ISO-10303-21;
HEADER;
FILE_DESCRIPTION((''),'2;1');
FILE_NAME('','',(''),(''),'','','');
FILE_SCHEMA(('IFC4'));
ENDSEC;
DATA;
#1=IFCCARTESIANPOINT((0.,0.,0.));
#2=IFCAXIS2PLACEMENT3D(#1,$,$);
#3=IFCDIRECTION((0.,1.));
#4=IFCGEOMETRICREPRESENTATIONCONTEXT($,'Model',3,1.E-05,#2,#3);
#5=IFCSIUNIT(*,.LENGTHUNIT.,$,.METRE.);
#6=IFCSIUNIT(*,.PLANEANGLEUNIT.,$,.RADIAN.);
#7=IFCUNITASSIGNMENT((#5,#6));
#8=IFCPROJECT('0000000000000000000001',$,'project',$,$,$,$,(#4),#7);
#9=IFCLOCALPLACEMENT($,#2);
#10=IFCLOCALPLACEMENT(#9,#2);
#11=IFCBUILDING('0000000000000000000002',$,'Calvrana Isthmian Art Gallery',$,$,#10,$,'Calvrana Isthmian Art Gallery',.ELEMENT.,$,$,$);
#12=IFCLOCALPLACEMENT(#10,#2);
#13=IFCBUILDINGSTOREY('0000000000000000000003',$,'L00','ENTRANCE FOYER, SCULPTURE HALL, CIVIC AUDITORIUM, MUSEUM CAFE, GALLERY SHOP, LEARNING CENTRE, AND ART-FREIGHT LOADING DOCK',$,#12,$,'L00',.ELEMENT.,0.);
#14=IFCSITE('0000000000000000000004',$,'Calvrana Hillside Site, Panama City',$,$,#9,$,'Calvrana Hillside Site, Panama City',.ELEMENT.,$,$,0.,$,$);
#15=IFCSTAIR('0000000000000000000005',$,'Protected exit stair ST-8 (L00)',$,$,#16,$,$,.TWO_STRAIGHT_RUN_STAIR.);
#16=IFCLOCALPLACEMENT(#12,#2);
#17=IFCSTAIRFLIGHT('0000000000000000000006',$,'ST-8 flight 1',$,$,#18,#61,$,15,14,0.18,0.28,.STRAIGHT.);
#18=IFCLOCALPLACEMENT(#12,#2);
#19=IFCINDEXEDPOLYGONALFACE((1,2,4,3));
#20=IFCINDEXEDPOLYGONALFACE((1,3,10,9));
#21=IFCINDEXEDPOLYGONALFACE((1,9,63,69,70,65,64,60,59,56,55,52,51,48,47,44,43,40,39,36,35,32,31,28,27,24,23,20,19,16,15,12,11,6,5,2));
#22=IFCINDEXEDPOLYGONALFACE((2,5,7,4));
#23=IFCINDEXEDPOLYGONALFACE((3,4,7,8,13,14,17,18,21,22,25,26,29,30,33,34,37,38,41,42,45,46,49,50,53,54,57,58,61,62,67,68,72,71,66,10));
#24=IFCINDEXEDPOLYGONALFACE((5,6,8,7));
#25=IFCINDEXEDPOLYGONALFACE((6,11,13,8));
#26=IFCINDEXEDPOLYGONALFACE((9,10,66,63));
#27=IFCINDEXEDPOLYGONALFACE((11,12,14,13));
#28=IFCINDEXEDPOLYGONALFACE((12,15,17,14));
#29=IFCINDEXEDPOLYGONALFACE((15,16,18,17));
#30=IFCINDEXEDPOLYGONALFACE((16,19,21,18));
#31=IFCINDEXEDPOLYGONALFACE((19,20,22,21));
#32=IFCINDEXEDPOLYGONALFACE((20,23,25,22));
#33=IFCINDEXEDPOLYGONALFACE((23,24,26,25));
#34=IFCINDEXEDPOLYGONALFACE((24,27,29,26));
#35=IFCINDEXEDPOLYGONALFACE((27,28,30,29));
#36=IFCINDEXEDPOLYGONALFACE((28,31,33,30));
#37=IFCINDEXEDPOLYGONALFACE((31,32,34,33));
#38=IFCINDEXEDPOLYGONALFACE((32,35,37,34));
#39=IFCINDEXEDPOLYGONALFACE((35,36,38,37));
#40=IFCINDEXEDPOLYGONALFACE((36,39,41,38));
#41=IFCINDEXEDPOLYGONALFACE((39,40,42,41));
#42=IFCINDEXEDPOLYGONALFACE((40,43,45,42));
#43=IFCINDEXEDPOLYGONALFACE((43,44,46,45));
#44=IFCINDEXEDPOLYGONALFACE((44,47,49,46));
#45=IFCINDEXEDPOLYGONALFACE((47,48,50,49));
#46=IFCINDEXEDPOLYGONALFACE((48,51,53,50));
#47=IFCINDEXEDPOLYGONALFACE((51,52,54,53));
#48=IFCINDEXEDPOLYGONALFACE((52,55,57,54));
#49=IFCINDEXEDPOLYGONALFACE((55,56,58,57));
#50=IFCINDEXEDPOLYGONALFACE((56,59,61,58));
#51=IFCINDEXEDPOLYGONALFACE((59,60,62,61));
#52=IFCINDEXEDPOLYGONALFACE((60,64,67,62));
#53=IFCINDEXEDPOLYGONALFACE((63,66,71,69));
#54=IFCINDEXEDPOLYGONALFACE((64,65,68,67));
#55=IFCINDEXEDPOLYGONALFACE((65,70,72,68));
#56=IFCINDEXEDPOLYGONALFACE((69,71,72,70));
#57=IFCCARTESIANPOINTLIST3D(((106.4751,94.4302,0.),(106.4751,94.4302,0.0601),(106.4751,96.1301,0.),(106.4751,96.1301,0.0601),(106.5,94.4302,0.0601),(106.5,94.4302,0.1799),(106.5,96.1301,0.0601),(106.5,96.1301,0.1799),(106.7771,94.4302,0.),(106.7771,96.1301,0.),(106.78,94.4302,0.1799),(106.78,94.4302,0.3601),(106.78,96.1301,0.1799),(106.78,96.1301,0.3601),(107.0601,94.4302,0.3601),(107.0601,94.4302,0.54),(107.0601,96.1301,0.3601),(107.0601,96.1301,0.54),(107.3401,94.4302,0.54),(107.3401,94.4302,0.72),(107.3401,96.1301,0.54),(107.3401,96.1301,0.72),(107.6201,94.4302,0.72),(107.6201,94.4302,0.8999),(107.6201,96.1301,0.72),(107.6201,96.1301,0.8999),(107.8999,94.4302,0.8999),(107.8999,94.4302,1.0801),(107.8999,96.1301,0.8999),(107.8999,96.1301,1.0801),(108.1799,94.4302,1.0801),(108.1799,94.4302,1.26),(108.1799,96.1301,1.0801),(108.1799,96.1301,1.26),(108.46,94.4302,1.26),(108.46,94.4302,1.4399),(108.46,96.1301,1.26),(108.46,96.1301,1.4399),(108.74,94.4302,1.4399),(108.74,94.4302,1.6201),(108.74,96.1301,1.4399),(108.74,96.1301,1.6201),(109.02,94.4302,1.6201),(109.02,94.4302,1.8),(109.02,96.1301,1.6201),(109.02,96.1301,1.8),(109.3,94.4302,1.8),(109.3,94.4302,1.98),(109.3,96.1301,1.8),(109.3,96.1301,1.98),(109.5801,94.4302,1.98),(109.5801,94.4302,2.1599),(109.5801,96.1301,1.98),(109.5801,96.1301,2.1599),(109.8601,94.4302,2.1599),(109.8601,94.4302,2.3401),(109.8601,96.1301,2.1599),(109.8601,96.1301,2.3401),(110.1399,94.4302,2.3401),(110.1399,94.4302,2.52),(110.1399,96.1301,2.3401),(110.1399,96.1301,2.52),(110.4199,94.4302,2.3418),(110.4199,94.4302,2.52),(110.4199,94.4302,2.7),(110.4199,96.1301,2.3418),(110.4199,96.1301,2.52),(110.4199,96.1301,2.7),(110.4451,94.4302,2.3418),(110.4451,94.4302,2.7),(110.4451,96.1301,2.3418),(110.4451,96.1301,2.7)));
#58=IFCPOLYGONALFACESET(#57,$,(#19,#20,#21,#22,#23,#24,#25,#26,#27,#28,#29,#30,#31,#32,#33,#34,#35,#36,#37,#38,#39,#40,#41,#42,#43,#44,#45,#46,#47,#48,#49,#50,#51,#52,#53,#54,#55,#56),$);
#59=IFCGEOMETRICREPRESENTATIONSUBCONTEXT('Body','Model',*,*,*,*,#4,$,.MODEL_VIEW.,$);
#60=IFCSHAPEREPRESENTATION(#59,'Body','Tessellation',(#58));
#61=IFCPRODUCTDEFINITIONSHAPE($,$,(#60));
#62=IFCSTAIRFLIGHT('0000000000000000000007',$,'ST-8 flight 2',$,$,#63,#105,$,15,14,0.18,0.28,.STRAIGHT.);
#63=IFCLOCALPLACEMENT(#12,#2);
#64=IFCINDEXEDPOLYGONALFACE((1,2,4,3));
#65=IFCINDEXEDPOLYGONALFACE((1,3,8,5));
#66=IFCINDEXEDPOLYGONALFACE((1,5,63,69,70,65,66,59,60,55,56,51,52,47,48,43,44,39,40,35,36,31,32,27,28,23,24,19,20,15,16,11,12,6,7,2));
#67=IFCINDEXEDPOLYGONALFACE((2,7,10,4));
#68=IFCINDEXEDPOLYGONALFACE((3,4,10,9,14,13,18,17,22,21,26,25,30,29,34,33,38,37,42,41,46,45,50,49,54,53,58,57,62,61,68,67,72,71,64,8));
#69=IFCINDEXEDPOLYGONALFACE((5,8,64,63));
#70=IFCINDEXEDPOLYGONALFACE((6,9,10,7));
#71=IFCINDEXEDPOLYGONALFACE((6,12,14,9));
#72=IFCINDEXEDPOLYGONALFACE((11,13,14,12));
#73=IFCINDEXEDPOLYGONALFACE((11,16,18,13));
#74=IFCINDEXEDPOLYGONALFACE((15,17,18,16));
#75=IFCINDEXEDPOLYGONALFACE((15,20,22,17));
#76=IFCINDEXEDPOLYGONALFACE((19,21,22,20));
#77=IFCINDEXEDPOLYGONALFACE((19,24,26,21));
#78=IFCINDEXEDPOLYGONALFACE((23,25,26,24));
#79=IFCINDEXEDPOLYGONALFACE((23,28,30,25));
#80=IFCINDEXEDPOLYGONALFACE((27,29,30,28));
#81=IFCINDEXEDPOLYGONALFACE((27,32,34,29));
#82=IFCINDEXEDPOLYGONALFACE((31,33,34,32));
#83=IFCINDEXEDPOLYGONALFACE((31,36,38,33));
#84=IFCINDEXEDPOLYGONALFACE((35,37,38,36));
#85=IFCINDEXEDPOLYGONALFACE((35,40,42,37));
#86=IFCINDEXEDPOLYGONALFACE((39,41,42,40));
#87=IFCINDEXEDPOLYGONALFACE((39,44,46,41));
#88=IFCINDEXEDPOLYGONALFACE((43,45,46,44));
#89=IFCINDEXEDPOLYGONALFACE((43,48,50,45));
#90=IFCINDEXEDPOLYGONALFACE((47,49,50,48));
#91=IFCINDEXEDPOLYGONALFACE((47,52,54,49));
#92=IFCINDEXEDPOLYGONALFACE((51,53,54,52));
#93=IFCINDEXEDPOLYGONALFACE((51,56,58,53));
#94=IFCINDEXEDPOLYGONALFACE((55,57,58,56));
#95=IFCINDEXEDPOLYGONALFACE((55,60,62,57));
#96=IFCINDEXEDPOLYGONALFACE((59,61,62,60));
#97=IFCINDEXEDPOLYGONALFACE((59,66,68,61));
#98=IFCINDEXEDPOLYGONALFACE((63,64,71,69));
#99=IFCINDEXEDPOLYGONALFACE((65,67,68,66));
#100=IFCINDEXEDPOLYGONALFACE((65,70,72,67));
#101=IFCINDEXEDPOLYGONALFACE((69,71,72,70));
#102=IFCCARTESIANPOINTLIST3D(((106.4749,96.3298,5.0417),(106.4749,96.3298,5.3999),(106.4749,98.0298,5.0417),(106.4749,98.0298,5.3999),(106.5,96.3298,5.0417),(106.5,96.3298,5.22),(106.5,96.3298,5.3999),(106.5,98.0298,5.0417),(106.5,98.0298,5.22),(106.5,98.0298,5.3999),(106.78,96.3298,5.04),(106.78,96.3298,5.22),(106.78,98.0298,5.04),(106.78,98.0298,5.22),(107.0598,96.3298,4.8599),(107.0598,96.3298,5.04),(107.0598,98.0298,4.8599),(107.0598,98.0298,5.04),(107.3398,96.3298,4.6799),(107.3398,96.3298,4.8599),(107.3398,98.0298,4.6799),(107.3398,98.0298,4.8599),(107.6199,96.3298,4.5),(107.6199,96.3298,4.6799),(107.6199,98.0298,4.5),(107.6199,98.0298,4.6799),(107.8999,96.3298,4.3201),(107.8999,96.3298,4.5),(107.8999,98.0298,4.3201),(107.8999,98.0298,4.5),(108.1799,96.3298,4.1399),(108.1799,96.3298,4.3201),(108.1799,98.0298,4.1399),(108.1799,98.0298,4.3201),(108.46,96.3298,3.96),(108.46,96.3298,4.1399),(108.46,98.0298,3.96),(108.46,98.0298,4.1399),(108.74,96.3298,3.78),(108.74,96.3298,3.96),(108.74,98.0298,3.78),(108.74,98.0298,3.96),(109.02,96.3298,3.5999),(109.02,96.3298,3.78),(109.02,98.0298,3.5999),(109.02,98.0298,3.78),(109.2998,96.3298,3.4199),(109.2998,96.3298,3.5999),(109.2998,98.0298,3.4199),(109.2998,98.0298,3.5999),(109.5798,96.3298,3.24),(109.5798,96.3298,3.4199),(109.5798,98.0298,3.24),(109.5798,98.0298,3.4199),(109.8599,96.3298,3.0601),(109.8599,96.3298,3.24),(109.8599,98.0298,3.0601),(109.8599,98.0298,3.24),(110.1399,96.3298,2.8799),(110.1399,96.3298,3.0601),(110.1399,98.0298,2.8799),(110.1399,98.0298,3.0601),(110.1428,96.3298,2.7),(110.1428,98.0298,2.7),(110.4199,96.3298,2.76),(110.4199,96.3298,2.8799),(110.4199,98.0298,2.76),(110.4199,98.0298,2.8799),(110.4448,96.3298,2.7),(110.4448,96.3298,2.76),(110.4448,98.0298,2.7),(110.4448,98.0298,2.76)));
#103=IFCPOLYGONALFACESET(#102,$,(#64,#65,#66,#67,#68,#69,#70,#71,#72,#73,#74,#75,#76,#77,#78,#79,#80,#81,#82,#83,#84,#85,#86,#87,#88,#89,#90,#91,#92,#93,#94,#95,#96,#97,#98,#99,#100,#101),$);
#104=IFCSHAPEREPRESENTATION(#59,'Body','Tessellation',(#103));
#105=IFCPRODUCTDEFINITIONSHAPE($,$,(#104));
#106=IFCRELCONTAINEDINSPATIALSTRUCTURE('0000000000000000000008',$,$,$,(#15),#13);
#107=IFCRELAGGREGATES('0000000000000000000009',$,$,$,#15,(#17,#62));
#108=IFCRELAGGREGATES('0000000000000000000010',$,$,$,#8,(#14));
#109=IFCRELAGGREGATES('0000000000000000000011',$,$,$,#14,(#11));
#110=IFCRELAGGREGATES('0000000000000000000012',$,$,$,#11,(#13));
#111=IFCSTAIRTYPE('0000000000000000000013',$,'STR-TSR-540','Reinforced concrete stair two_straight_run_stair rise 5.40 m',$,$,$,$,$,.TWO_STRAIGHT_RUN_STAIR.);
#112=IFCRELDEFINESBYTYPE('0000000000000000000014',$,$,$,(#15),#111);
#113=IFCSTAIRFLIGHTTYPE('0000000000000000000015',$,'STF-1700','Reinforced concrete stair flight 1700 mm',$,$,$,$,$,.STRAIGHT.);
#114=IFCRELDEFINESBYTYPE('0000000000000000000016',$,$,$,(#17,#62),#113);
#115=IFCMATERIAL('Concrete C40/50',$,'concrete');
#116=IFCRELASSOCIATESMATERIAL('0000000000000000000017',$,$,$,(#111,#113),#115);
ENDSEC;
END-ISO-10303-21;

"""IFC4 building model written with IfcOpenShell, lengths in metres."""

from ifc_helpers import new_model, si_unit, direction, frame, origin, place, context, subcontext, project, spatial, polyline, outline, extrude, material, type_object, element, aggregate, save


model = new_model("IFC4")

# Units and contexts
model_context = context("Model", 3, precision=1e-05, world=origin(), true_north=direction((0.0, 1.0)))
body_context = subcontext(model_context, "Body", "Model", "MODEL_VIEW")
ifc_project = project(units=[si_unit("LENGTHUNIT", "METRE"), si_unit("PLANEANGLEUNIT", "RADIAN")], contexts=[model_context])

# Site, building, storey
site_placement = place(None, origin())
site = spatial("IfcSite", under=ifc_project, at=site_placement, Name="Calvrana Hillside Site, Panama City", LongName="Calvrana Hillside Site, Panama City", CompositionType="ELEMENT", RefElevation=0.0)
building_placement = place(site_placement, origin())
building = spatial("IfcBuilding", under=site, at=building_placement, Name="Calvrana Isthmian Art Gallery", LongName="Calvrana Isthmian Art Gallery", CompositionType="ELEMENT")
storey_placement = place(building_placement, origin())
storey = spatial("IfcBuildingStorey", under=building, at=storey_placement, Name="L00", Description="ENTRANCE FOYER, SCULPTURE HALL, CIVIC AUDITORIUM, MUSEUM CAFE, GALLERY SHOP, LEARNING CENTRE, AND ART-FREIGHT LOADING DOCK", LongName="L00", CompositionType="ELEMENT", Elevation=0.0)

# Shared definitions
ifc_material_1 = material(Name="Concrete C40/50", Category="concrete")

# Stair, stair flights
stair_type = type_object("IfcStairType", Name="STR-TSR-540", Description="Reinforced concrete stair two_straight_run_stair rise 5.40 m", PredefinedType="TWO_STRAIGHT_RUN_STAIR", material=ifc_material_1)
stair_placement = place(storey_placement, origin())
stair = element("IfcStair", 1, at=stair_placement, inside=storey, type_object=stair_type, Name="Protected exit stair ST-8 (L00)", PredefinedType="TWO_STRAIGHT_RUN_STAIR")
stair_flight_type = type_object("IfcStairFlightType", Name="STF-1700", Description="Reinforced concrete stair flight 1700 mm", PredefinedType="STRAIGHT", material=ifc_material_1)
stair_flight_1_placement = place(storey_placement, frame((106.5, 95.28, 0.0), z_axis=(0.0, 0.0, 1.0), x_axis=(1.0, 0.0, 0.0)))
stair_flight_1 = element("IfcStairFlight", 2, at=stair_flight_1_placement, type_object=stair_flight_type, Name="ST-8 flight 1", NumberOfRisers=15, NumberOfTreads=14, PredefinedType="STRAIGHT", RiserHeight=0.18, TreadLength=0.28, context=body_context, shape_type="SweptSolid", body=[
    extrude(outline(polyline([(-0.0249, 0.0), (-0.0249, 0.0601), (0.0, 0.0601), (0.0, 0.1799), (0.28, 0.1799), (0.28, 0.3601), (0.5601, 0.3601), (0.5601, 0.54), (0.8401, 0.54), (0.8401, 0.72), (1.1201, 0.72), (1.1201, 0.8999), (1.3999, 0.8999), (1.3999, 1.0801), (1.6799, 1.0801), (1.6799, 1.26), (1.96, 1.26), (1.96, 1.4399), (2.24, 1.4399), (2.24, 1.6201), (2.52, 1.6201), (2.52, 1.8), (2.8, 1.8), (2.8, 1.98), (3.0801, 1.98), (3.0801, 2.1599), (3.3601, 2.1599), (3.3601, 2.3401), (3.6399, 2.3401), (3.6399, 2.52), (3.9199, 2.52), (3.9199, 2.7), (3.9451, 2.7), (3.9451, 2.3418), (3.9199, 2.3418), (0.2771, 0.0), (-0.0249, 0.0)])), frame((0.0, 0.8501, 0.0), z_axis=(0.0, -1.0, 0.0), x_axis=(1.0, 0.0, 0.0)), (0.0, 0.0, 1.0), 1.7),
])
stair_flight_2_placement = place(storey_placement, frame((110.4199, 97.1799, 2.7), z_axis=(0.0, 0.0, 1.0), x_axis=(-1.0, 0.0, 0.0)))
stair_flight_2 = element("IfcStairFlight", 3, at=stair_flight_2_placement, type_object=stair_flight_type, Name="ST-8 flight 2", NumberOfRisers=15, NumberOfTreads=14, PredefinedType="STRAIGHT", RiserHeight=0.18, TreadLength=0.28, context=body_context, shape_type="SweptSolid", body=[
    extrude(outline(polyline([(-0.0249, 0.0), (-0.0249, 0.0601), (0.0, 0.0601), (0.0, 0.1799), (0.28, 0.1799), (0.28, 0.3601), (0.5601, 0.3601), (0.5601, 0.54), (0.8401, 0.54), (0.8401, 0.72), (1.1201, 0.72), (1.1201, 0.8999), (1.3999, 0.8999), (1.3999, 1.0801), (1.6799, 1.0801), (1.6799, 1.26), (1.96, 1.26), (1.96, 1.4399), (2.24, 1.4399), (2.24, 1.6201), (2.52, 1.6201), (2.52, 1.8), (2.8, 1.8), (2.8, 1.98), (3.0801, 1.98), (3.0801, 2.1599), (3.3601, 2.1599), (3.3601, 2.3401), (3.6399, 2.3401), (3.6399, 2.52), (3.9199, 2.52), (3.9199, 2.7), (3.9451, 2.7), (3.9451, 2.3418), (3.9199, 2.3418), (0.2771, 0.0), (-0.0249, 0.0)])), frame((0.0, 0.8501, 0.0), z_axis=(0.0, -1.0, 0.0), x_axis=(1.0, 0.0, 0.0)), (0.0, 0.0, 1.0), 1.7),
])
aggregate(stair, [stair_flight_1, stair_flight_2])

save(model, "model.ifc")
